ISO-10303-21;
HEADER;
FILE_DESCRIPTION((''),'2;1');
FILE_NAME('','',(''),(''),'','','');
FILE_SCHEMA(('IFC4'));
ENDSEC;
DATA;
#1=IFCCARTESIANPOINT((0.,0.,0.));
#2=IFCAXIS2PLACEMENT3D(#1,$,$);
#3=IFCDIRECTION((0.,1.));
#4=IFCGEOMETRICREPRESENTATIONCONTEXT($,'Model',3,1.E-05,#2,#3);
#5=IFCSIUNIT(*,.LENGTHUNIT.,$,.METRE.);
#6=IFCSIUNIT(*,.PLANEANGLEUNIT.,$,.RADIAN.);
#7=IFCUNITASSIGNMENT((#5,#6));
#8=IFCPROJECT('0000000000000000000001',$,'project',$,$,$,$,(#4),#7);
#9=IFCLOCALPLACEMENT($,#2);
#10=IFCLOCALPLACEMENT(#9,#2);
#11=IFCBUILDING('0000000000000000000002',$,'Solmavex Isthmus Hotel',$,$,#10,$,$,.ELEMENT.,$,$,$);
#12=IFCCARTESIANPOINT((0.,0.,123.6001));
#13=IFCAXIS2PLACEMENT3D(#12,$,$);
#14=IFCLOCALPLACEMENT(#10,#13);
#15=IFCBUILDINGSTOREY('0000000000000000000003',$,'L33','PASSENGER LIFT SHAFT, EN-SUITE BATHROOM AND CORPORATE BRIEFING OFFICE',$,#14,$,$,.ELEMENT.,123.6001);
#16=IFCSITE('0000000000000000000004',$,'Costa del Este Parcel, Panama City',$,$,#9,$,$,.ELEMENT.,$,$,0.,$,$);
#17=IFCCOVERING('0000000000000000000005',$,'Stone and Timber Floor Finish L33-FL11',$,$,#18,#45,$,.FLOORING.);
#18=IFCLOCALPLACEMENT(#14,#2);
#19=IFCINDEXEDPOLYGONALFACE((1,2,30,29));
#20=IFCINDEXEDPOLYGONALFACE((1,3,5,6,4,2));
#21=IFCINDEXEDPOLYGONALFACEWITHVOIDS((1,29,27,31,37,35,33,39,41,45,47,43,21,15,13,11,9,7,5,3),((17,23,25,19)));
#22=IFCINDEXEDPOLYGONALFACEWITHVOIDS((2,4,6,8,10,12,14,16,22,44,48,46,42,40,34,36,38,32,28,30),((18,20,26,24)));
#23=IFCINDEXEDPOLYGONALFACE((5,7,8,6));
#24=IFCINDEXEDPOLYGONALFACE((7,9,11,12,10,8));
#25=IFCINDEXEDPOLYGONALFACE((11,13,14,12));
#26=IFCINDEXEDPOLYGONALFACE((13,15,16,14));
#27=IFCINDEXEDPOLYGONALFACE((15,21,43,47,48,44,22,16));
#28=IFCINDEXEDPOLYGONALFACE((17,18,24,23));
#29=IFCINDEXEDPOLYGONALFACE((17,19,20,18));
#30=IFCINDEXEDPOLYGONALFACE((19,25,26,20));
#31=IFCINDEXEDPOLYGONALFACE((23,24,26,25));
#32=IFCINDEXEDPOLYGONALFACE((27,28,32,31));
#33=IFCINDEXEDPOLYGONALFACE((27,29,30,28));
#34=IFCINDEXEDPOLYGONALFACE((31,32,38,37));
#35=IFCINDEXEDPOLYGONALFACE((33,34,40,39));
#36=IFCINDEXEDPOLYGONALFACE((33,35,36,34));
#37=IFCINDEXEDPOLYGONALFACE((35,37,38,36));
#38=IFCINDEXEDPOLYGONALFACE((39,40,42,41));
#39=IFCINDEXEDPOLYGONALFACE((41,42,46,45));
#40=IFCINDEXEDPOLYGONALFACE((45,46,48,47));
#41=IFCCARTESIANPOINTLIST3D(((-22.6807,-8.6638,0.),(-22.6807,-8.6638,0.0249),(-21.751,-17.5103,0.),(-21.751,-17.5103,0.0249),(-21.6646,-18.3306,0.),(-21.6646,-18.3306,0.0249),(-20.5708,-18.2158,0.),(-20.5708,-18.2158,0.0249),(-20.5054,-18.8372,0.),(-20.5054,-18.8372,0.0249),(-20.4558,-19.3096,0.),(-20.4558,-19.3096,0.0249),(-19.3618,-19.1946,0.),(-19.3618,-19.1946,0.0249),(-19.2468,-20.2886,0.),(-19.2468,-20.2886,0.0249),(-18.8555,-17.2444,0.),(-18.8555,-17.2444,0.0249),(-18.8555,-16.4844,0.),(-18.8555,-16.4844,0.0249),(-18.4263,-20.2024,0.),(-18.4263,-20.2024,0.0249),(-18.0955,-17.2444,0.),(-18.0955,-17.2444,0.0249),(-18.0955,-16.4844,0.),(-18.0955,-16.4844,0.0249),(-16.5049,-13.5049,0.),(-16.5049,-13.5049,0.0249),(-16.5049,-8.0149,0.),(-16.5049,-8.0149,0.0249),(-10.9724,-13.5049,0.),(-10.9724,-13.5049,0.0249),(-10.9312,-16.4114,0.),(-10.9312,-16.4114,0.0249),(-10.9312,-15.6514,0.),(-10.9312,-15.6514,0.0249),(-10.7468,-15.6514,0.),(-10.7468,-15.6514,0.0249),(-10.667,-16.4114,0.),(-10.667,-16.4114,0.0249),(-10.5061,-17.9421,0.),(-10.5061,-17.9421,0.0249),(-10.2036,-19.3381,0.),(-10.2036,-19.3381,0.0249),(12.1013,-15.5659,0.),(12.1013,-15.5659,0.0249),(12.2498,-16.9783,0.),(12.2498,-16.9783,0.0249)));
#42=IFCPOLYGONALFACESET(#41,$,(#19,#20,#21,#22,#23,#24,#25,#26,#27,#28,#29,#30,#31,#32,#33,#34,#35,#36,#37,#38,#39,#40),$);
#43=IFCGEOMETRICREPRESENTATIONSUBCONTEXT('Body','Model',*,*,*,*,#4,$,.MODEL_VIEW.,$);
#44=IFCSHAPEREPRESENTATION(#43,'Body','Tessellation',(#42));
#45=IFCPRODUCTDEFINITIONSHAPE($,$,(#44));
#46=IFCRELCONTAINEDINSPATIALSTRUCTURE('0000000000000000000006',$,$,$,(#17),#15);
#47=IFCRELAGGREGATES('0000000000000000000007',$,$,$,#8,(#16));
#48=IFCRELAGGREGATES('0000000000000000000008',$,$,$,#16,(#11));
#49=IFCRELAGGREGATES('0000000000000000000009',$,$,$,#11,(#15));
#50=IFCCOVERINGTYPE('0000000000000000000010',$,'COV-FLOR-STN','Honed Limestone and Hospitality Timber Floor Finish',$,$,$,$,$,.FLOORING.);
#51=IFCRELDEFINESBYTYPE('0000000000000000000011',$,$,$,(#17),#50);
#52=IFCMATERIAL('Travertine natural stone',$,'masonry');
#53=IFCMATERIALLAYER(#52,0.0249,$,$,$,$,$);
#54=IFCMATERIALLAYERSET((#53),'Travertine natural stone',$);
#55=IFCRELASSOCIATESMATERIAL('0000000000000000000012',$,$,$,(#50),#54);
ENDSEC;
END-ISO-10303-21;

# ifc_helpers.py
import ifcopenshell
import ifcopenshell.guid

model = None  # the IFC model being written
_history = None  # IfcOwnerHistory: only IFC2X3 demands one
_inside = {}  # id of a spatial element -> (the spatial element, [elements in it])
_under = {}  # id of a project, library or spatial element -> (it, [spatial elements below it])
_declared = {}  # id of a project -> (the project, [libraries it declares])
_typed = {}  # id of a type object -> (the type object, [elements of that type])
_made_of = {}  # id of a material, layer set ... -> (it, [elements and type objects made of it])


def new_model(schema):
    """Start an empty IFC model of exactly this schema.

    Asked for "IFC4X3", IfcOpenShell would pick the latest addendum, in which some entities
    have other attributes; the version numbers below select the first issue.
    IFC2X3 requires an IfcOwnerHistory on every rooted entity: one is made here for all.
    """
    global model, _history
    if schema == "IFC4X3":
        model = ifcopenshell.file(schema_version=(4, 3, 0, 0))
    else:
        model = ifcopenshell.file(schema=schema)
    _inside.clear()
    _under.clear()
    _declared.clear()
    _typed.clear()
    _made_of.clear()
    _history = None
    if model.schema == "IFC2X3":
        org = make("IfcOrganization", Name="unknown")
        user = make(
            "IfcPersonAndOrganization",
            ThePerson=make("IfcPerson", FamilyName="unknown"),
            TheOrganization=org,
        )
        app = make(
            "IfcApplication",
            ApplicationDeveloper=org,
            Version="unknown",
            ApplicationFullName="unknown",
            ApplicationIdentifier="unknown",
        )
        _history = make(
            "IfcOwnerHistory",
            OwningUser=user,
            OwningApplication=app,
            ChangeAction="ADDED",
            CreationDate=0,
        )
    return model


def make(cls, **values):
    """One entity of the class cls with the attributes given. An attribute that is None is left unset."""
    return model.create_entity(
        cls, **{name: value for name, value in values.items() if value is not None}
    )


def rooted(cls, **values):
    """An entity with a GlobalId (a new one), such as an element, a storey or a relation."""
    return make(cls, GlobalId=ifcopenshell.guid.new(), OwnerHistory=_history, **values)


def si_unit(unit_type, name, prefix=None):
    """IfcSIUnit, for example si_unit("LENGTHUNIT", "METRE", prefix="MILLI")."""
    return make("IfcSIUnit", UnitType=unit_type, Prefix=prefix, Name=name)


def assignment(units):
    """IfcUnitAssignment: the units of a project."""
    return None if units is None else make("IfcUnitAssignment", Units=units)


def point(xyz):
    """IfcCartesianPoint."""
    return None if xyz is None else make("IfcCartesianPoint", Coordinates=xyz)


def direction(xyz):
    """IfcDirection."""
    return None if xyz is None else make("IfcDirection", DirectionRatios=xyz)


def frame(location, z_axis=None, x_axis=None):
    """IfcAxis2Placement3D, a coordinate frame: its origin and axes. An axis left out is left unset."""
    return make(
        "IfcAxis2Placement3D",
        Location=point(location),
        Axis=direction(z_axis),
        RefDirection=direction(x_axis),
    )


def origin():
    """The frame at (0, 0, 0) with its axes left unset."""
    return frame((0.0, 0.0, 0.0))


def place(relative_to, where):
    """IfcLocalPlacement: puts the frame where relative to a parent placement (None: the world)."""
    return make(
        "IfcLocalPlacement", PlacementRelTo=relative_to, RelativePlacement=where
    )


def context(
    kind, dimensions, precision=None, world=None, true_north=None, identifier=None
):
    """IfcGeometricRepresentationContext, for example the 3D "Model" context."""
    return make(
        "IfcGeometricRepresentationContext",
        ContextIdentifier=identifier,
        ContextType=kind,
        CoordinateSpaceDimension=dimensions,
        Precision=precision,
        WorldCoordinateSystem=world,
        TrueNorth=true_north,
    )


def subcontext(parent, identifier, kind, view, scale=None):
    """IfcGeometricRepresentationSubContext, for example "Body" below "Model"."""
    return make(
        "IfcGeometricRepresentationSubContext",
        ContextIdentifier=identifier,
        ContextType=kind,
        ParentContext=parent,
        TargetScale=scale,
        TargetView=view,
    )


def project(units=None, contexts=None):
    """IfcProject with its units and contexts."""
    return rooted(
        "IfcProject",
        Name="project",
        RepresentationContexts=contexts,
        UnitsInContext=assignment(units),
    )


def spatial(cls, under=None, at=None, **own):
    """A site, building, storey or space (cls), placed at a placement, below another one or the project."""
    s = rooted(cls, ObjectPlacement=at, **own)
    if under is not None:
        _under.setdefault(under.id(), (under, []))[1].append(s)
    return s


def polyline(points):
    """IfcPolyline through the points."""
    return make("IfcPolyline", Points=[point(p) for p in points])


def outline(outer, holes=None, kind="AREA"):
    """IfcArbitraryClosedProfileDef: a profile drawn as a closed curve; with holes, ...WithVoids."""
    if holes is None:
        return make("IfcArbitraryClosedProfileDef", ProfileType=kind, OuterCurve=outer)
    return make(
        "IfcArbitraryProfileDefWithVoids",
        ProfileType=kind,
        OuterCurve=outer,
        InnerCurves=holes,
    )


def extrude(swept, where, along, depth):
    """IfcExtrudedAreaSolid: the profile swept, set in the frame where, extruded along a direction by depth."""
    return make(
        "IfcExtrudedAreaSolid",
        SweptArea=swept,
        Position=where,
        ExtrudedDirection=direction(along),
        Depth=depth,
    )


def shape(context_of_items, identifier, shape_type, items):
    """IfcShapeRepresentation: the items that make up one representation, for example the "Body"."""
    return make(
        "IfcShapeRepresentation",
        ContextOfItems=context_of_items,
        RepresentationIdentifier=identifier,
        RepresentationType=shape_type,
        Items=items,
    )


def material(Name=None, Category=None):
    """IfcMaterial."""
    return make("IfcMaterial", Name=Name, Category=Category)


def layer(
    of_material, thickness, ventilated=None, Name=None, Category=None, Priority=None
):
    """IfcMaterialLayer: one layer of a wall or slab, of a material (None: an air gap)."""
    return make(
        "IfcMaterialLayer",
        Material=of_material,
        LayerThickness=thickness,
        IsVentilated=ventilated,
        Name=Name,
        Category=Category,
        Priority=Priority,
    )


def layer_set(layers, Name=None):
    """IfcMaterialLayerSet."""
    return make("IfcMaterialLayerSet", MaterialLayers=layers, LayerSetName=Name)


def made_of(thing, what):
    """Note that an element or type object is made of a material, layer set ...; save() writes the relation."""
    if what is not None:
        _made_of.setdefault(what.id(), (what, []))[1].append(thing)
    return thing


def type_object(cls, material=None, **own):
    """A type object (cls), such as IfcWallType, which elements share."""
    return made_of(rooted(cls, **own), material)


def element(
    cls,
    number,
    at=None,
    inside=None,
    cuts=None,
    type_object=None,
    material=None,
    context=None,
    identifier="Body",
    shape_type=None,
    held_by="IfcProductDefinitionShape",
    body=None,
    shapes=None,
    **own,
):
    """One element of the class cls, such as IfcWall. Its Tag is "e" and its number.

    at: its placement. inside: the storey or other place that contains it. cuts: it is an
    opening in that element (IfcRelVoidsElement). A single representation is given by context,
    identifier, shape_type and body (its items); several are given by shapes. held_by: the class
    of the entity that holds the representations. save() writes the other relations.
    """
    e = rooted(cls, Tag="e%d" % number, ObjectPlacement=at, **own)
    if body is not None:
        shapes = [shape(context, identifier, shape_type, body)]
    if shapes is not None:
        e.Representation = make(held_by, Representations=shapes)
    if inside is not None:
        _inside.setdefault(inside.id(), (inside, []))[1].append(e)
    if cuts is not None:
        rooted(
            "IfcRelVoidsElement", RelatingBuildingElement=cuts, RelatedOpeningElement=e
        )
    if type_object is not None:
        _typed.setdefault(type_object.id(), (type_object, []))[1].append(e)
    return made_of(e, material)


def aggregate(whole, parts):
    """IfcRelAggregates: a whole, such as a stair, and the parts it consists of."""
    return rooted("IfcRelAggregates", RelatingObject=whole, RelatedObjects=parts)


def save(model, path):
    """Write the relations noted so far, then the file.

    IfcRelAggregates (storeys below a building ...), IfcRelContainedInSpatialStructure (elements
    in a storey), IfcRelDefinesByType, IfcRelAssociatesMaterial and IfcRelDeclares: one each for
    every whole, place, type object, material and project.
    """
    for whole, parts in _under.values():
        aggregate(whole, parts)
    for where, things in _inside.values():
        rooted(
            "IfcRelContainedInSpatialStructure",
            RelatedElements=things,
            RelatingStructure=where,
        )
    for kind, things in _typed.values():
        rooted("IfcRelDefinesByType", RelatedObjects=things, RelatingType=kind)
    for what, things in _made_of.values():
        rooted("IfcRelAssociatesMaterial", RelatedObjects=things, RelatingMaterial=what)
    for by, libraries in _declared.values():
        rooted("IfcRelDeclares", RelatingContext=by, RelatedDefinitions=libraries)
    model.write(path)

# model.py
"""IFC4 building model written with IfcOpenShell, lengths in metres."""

from ifc_helpers import new_model, si_unit, direction, frame, origin, place, context, subcontext, project, spatial, polyline, outline, extrude, material, layer, layer_set, type_object, element, save


model = new_model("IFC4")

# Units and contexts
model_context = context("Model", 3, precision=1e-05, world=origin(), true_north=direction((0.0, 1.0)))
body_context = subcontext(model_context, "Body", "Model", "MODEL_VIEW")
ifc_project = project(units=[si_unit("LENGTHUNIT", "METRE"), si_unit("PLANEANGLEUNIT", "RADIAN")], contexts=[model_context])

# Site, building, storey
site_placement = place(None, origin())
site = spatial("IfcSite", under=ifc_project, at=site_placement, Name="Costa del Este Parcel, Panama City", CompositionType="ELEMENT", RefElevation=0.0)
building_placement = place(site_placement, origin())
building = spatial("IfcBuilding", under=site, at=building_placement, Name="Solmavex Isthmus Hotel", CompositionType="ELEMENT")
storey_placement = place(building_placement, frame((0.0, 0.0, 123.6001)))
storey = spatial("IfcBuildingStorey", under=building, at=storey_placement, Name="L33", Description="PASSENGER LIFT SHAFT, EN-SUITE BATHROOM AND CORPORATE BRIEFING OFFICE", CompositionType="ELEMENT", Elevation=123.6001)

# Covering
ifc_material_1 = material(Name="Travertine natural stone", Category="masonry")
ifc_layer_1 = layer(ifc_material_1, 0.0249)
ifc_layer_set_1 = layer_set([ifc_layer_1], Name="Travertine natural stone")
covering_type_1 = type_object("IfcCoveringType", Name="COV-FLOR-STN", Description="Honed Limestone and Hospitality Timber Floor Finish", PredefinedType="FLOORING", material=ifc_layer_set_1)
covering_1_placement = place(storey_placement, origin())
element("IfcCovering", 1, at=covering_1_placement, inside=storey, type_object=covering_type_1, Name="Stone and Timber Floor Finish L33-FL11", PredefinedType="FLOORING", context=body_context, shape_type="SweptSolid", body=[
    extrude(outline(polyline([(-10.667, -16.4114), (-10.9312, -16.4114), (-10.9312, -15.6514), (-10.7468, -15.6514), (-10.9724, -13.5049), (-16.5049, -13.5049), (-16.5049, -8.0149), (-22.6807, -8.6638), (-21.751, -17.5103), (-21.6646, -18.3306), (-20.5708, -18.2158), (-20.5054, -18.8372), (-20.4558, -19.3096), (-19.3618, -19.1946), (-19.2468, -20.2886), (-18.4263, -20.2024), (-10.2036, -19.3381), (12.2498, -16.9783), (12.1013, -15.5659), (-10.5061, -17.9421), (-10.667, -16.4114)]), holes=[polyline([(-18.8555, -17.2444), (-18.8555, -16.4844), (-18.0955, -16.4844), (-18.0955, -17.2444), (-18.8555, -17.2444)])]), origin(), (0.0, 0.0, 1.0), 0.0249),
])

save(model, "model.ifc")
